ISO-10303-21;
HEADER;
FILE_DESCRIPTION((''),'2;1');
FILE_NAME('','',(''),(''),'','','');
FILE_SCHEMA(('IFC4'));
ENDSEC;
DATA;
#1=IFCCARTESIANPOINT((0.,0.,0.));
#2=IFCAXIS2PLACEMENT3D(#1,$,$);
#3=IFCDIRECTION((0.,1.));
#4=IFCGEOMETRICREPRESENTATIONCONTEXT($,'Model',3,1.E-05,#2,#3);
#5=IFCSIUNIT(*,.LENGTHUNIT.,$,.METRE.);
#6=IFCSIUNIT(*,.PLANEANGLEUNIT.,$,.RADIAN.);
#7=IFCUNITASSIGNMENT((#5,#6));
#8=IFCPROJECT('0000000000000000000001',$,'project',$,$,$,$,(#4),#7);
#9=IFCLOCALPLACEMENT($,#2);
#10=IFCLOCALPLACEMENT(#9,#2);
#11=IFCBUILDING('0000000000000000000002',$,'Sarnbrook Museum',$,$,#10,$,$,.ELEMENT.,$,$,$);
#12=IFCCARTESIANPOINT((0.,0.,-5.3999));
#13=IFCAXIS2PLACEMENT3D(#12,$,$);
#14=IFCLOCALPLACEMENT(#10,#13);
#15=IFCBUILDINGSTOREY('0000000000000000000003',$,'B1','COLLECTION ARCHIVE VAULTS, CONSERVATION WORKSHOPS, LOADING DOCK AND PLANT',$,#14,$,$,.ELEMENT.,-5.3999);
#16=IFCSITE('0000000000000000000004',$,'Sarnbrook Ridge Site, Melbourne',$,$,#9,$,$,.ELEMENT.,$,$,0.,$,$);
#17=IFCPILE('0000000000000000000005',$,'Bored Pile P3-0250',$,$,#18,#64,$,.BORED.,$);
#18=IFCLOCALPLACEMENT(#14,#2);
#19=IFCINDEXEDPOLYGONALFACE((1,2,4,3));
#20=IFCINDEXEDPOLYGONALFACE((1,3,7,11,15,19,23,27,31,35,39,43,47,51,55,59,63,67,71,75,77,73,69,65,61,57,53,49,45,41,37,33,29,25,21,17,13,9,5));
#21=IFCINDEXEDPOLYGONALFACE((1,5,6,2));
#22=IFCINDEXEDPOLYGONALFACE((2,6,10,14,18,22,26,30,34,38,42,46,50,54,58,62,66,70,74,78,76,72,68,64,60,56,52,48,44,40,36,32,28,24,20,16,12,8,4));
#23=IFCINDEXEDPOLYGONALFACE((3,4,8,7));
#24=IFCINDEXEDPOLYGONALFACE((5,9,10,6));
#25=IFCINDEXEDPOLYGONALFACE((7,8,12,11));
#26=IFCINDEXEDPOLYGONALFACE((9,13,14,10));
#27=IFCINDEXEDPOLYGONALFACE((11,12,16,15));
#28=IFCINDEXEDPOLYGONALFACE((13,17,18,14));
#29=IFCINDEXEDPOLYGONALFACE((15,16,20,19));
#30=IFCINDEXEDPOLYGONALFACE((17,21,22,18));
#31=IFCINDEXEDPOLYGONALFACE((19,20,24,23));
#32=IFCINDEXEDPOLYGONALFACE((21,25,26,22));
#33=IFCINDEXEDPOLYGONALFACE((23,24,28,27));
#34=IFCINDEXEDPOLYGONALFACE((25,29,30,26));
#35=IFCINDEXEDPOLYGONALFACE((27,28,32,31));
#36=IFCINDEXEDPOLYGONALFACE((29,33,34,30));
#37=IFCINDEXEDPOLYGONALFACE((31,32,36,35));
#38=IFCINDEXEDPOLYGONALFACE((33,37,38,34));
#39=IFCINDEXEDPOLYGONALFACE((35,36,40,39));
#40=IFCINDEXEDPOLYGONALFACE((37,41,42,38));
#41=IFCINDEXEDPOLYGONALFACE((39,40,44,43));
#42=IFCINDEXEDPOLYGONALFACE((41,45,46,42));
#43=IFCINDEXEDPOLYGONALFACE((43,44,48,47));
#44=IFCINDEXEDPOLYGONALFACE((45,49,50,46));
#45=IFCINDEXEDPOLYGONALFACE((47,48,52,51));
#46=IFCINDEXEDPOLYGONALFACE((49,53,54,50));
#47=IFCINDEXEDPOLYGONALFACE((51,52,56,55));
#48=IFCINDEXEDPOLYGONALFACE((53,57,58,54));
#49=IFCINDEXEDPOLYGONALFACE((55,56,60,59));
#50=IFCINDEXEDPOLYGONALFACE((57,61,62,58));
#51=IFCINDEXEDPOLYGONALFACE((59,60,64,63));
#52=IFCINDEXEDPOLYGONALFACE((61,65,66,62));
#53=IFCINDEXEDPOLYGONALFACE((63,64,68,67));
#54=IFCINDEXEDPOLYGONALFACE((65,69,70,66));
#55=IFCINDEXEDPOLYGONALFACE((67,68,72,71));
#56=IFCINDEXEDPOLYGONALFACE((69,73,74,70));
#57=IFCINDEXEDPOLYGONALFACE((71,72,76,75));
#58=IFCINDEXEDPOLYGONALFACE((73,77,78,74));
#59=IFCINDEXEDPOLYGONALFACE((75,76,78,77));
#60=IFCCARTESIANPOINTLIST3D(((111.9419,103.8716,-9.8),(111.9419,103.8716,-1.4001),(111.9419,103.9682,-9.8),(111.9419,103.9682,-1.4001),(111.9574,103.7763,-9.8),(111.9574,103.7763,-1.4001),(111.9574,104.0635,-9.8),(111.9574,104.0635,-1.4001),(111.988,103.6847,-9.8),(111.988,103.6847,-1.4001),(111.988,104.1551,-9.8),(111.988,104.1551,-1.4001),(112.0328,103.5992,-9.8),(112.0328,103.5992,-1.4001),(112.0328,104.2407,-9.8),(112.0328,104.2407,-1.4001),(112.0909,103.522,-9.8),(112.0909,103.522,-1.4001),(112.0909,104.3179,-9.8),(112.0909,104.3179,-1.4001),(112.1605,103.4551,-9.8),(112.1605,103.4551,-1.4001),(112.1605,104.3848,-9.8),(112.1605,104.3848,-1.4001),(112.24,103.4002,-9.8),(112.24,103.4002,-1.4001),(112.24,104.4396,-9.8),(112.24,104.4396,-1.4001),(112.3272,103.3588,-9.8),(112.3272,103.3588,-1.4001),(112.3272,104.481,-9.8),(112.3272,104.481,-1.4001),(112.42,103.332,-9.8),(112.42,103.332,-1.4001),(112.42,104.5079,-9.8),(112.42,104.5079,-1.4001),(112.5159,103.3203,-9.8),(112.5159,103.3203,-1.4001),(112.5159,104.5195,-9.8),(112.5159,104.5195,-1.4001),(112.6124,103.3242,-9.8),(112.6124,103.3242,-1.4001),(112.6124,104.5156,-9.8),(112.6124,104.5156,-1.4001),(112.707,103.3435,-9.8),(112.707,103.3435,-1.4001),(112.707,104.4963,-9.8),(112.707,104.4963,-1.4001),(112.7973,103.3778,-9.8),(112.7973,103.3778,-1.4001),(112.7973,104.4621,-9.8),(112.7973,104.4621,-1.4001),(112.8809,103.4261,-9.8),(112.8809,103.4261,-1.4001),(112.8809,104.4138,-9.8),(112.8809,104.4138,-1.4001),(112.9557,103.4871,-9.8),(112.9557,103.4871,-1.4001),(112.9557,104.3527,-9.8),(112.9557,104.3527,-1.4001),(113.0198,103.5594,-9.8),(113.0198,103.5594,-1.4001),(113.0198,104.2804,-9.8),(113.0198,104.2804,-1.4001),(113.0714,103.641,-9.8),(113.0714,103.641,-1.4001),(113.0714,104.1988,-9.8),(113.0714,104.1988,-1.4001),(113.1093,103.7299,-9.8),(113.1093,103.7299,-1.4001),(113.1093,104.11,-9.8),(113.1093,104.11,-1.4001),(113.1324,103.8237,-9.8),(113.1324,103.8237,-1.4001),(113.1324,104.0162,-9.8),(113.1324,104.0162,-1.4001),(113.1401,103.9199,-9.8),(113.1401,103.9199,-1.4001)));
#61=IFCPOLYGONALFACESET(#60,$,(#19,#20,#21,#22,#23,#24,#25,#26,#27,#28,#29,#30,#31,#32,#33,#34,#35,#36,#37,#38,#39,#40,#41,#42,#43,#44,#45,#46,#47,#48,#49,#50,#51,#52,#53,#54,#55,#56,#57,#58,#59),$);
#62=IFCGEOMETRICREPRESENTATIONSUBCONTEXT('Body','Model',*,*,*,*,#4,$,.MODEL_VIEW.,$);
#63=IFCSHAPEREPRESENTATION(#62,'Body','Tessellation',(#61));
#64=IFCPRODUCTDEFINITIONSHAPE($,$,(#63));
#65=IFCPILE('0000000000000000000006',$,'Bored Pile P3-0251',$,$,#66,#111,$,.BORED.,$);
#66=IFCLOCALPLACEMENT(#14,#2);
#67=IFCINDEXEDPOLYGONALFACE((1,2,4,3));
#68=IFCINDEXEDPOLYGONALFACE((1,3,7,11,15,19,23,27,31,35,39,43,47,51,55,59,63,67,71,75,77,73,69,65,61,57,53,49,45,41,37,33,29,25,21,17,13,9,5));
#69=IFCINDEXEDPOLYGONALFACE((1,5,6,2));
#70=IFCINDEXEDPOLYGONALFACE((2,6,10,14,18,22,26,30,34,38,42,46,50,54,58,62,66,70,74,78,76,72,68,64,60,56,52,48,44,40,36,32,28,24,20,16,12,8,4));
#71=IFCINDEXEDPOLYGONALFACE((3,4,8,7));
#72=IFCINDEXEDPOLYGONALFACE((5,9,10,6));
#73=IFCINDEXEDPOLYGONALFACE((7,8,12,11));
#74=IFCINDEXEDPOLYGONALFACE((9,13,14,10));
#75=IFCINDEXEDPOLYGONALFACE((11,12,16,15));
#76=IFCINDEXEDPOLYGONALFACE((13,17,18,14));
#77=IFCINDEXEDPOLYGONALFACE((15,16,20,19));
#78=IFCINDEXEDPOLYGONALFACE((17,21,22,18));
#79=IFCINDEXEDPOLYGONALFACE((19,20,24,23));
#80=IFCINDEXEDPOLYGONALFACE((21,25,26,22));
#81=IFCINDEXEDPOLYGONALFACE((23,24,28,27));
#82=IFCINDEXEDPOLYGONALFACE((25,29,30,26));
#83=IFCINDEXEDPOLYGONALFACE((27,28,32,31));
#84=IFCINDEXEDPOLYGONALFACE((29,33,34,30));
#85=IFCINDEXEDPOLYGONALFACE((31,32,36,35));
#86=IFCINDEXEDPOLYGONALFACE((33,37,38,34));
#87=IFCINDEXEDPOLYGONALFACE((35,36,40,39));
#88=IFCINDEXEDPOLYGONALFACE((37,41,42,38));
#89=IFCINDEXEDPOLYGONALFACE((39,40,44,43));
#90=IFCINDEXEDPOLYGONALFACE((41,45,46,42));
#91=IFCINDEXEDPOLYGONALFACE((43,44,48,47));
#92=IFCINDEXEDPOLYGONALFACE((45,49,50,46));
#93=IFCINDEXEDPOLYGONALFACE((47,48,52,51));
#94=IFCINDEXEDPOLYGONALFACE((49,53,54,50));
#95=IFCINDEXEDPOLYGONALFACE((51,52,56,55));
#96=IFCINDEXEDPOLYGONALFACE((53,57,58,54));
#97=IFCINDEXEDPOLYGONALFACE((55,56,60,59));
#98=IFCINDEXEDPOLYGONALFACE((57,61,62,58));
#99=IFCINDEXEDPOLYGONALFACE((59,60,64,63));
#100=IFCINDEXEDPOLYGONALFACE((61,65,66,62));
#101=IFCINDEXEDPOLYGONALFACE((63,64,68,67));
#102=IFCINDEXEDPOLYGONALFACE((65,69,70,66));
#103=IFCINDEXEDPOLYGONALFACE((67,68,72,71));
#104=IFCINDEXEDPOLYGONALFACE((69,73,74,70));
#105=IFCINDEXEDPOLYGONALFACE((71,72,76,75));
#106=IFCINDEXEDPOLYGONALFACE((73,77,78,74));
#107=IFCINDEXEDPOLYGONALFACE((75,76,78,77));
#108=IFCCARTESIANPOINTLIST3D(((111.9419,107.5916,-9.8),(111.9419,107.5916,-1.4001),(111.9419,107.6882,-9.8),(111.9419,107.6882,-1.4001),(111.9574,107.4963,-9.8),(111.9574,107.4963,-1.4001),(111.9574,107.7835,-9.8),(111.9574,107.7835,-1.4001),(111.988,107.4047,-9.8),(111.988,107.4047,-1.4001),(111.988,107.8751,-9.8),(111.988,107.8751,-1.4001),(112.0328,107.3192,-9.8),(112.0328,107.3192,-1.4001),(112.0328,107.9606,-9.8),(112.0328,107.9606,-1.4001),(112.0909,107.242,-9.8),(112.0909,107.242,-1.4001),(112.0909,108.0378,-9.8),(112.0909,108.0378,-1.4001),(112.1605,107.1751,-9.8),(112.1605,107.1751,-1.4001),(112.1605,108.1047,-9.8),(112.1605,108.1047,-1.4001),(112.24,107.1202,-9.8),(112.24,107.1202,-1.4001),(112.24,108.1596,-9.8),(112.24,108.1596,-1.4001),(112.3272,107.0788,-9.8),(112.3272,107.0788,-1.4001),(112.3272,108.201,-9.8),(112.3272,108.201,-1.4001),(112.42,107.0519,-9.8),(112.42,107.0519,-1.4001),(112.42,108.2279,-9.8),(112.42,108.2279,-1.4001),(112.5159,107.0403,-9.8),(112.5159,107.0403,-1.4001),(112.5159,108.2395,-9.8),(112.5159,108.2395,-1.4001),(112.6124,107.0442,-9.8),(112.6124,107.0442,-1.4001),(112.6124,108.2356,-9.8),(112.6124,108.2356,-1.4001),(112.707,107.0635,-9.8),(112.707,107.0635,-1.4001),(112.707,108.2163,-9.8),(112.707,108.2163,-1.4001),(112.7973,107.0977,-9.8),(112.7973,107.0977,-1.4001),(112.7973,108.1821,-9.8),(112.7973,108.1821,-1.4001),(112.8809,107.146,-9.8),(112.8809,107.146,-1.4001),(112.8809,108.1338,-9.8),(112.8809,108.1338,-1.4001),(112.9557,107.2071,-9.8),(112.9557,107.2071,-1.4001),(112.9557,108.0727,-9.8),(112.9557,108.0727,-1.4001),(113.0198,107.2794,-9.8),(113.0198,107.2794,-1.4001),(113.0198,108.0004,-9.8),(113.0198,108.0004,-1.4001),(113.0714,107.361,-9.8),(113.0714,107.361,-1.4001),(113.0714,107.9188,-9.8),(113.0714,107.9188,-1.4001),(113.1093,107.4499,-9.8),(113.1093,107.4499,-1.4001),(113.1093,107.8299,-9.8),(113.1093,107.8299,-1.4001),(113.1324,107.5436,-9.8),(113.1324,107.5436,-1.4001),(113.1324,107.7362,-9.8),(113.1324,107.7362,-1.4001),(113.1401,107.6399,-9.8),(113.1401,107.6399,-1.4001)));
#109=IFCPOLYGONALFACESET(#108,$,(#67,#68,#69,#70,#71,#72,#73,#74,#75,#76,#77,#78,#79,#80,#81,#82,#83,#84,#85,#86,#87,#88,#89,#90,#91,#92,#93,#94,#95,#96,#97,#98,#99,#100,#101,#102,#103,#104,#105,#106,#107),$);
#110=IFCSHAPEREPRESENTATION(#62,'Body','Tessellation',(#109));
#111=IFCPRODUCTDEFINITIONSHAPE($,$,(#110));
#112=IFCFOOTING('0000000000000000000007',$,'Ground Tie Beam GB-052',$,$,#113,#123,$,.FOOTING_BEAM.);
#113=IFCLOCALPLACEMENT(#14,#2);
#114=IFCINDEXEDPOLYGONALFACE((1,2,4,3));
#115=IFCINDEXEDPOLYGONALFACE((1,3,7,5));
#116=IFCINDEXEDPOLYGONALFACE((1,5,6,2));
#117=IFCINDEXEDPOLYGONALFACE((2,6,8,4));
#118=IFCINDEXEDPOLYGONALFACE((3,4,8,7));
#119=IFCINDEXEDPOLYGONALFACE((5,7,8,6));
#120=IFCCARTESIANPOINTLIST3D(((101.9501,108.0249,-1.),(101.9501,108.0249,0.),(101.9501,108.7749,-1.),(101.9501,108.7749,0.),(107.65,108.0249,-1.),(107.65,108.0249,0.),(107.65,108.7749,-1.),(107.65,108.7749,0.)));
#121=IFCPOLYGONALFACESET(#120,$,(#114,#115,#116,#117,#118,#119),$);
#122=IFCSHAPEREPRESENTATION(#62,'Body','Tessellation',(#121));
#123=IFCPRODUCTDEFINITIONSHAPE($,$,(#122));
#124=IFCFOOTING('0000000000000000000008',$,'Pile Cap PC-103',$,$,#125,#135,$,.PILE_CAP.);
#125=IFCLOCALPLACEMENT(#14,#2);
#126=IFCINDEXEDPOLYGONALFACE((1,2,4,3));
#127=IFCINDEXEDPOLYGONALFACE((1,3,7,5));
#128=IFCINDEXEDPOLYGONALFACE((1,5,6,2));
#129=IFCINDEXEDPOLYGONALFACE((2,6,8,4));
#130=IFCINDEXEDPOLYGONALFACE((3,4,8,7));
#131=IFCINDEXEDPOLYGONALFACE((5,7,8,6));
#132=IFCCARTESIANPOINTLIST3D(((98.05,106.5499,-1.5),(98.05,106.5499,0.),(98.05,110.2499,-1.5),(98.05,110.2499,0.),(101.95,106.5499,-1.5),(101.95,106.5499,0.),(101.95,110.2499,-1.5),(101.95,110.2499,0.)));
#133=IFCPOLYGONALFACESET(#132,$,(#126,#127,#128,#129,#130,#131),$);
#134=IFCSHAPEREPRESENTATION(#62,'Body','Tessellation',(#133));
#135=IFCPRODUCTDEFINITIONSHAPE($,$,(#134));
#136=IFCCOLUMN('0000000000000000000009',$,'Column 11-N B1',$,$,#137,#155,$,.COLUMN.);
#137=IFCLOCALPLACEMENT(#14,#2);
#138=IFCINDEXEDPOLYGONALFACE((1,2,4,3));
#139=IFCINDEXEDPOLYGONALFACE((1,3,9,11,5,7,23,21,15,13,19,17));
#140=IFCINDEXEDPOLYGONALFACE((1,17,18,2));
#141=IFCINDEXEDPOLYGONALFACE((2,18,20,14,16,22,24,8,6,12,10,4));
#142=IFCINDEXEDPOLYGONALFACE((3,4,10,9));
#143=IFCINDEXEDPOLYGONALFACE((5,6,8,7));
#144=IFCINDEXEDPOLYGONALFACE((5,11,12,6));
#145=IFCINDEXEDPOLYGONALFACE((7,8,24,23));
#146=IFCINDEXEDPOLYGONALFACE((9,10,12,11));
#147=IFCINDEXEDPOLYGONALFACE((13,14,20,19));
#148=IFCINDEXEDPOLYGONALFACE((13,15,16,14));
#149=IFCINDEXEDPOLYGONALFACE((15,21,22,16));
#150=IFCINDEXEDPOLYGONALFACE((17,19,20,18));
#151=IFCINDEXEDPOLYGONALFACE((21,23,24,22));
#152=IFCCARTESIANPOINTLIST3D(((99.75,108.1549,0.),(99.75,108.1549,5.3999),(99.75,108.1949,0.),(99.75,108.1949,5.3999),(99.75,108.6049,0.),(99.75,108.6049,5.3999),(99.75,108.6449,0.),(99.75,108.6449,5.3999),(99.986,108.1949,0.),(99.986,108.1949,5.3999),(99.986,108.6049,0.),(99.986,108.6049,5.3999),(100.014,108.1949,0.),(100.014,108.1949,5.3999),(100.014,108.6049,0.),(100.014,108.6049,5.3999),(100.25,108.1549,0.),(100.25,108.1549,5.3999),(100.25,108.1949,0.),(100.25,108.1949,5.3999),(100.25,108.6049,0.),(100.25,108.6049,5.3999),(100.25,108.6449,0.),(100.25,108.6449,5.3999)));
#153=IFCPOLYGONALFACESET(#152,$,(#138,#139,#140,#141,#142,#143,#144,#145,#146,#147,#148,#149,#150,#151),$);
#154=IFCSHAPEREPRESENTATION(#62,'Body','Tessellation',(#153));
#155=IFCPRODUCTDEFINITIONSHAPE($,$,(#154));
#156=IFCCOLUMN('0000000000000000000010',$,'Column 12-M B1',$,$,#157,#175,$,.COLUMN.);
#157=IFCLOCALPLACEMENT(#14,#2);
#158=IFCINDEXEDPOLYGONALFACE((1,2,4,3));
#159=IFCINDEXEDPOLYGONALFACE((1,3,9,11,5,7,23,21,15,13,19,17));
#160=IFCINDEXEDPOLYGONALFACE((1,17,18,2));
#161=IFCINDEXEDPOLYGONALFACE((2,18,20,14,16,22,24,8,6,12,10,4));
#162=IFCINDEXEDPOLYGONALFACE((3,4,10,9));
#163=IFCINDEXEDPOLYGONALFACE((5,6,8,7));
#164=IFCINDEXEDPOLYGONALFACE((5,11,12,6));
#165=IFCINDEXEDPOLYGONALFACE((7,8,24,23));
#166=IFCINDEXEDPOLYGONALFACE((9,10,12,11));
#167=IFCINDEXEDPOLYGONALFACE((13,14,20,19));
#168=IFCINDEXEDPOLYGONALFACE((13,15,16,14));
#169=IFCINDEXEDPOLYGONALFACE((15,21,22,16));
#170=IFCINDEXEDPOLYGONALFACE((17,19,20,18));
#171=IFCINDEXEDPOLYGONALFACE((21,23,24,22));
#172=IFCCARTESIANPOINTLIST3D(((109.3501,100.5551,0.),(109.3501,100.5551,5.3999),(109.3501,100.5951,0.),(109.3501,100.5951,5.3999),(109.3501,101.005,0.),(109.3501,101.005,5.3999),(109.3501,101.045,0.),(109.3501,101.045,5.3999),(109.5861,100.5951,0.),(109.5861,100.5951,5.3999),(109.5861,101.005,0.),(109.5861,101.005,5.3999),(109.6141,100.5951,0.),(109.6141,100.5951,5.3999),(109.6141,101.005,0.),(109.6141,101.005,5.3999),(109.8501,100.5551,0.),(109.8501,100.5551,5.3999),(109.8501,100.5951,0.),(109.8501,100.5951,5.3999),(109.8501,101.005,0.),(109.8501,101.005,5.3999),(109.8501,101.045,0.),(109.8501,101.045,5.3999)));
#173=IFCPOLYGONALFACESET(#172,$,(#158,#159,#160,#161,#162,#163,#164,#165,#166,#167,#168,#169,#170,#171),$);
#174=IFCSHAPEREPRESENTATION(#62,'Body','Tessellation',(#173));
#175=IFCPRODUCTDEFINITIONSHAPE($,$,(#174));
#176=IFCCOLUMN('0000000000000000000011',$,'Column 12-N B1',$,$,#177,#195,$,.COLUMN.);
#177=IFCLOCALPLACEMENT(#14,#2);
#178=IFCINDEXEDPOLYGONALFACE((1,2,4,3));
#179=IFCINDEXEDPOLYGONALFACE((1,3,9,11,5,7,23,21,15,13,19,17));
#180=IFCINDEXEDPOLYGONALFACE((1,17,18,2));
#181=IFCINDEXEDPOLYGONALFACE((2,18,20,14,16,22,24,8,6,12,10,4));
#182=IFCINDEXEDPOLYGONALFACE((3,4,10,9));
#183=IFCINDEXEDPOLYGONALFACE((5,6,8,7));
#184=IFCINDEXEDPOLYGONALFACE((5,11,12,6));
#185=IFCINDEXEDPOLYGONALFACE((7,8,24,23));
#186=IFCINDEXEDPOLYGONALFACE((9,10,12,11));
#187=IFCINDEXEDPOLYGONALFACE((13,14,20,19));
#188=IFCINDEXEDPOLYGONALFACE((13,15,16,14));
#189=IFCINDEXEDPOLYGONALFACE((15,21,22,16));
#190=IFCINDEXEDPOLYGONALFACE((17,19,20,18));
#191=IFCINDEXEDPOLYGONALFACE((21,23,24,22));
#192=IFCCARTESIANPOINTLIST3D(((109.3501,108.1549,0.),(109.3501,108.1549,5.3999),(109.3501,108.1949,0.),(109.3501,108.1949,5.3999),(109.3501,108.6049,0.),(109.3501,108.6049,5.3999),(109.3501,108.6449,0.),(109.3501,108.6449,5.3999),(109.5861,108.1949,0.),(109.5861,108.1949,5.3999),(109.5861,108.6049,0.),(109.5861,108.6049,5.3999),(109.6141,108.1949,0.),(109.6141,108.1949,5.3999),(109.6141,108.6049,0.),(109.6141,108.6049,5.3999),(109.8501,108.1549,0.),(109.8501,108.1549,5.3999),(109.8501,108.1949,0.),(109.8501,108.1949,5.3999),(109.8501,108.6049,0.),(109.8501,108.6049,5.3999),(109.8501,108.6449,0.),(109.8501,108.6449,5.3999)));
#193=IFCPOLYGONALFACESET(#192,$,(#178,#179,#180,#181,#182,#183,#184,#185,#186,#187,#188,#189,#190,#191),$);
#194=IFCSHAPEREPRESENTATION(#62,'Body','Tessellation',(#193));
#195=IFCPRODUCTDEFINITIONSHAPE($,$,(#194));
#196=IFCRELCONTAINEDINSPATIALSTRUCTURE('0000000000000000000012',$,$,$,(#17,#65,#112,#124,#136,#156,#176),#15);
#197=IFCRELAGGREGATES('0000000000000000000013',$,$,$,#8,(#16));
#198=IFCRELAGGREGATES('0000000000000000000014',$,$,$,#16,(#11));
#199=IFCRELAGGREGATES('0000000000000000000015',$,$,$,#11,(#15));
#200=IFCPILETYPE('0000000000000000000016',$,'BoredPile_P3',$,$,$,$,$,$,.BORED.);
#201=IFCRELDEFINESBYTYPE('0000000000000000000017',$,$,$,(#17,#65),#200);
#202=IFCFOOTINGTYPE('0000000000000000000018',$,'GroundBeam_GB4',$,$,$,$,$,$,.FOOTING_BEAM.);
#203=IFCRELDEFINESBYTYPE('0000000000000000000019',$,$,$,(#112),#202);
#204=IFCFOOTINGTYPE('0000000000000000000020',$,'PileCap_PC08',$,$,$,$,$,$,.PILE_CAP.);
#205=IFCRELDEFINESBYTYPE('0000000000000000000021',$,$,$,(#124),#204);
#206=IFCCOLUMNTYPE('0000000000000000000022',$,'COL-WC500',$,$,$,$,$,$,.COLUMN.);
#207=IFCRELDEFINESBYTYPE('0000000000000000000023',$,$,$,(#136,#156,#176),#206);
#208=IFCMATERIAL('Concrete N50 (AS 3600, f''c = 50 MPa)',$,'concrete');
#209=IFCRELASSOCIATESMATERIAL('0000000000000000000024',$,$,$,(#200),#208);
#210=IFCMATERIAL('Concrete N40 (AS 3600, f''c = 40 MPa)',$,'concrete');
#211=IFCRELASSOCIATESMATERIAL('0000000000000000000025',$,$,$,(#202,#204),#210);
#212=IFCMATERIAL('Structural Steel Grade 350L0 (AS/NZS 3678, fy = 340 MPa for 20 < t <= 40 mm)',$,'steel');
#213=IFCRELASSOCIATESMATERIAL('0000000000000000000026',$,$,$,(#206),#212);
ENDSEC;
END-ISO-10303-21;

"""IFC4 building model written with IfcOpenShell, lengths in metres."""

from ifc_helpers import new_model, si_unit, direction, frame, origin, origin_2d, place, context, subcontext, project, spatial, rectangle, circle, i_section, extrude, material, material_profile, profile_set, type_object, element, save


model = new_model("IFC4")

# Units and contexts
model_context = context("Model", 3, precision=1e-05, world=origin(), true_north=direction((0.0, 1.0)))
body_context = subcontext(model_context, "Body", "Model", "MODEL_VIEW")
ifc_project = project(units=[si_unit("LENGTHUNIT", "METRE"), si_unit("PLANEANGLEUNIT", "RADIAN")], contexts=[model_context])

# Site, building, storey
site_placement = place(None, origin())
site = spatial("IfcSite", under=ifc_project, at=site_placement, Name="Sarnbrook Ridge Site, Melbourne", CompositionType="ELEMENT", RefElevation=0.0)
building_placement = place(site_placement, origin())
building = spatial("IfcBuilding", under=site, at=building_placement, Name="Sarnbrook Museum", CompositionType="ELEMENT")
storey_placement = place(building_placement, frame((0.0, 0.0, -5.3999)))
storey = spatial("IfcBuildingStorey", under=building, at=storey_placement, Name="B1", Description="COLLECTION ARCHIVE VAULTS, CONSERVATION WORKSHOPS, LOADING DOCK AND PLANT", CompositionType="ELEMENT", Elevation=-5.3999)

# Piles
ifc_material_1 = material(Name="Concrete N50 (AS 3600, f'c = 50 MPa)", Category="concrete")
ifc_material_profile_1 = material_profile(ifc_material_1, circle(Radius=0.6001, at=origin_2d()), Name="BORED PILE D1200")
ifc_profile_set_1 = profile_set([ifc_material_profile_1], Name="Concrete N50 (AS 3600, f'c = 50 MPa)")
pile_type_1 = type_object("IfcPileType", Name="BoredPile_P3", PredefinedType="BORED", material=ifc_profile_set_1)
for number, where, z_axis, x_axis, name in (
    (1, (112.54, 103.9199, -1.4001), (0.0, 0.0, -1.0), (1.0, 0.0, 0.0), "Bored Pile P3-0250"),
    (2, (112.54, 107.6399, -1.4001), (0.0, 0.0, -1.0), (1.0, 0.0, 0.0), "Bored Pile P3-0251"),
):
    element("IfcPile", number, at=place(storey_placement, frame(where, z_axis=z_axis, x_axis=x_axis)), inside=storey, type_object=pile_type_1, Name=name, PredefinedType="BORED", context=body_context, shape_type="SweptSolid", body=[
        extrude(circle(Radius=0.6001, at=origin_2d()), origin(), (0.0, 0.0, 1.0), 8.3999),
    ])

# Footings
ifc_material_2 = material(Name="Concrete N40 (AS 3600, f'c = 40 MPa)", Category="concrete")
footing_type_1 = type_object("IfcFootingType", Name="GroundBeam_GB4", PredefinedType="FOOTING_BEAM", material=ifc_material_2)
footing_1_placement = place(storey_placement, frame((104.8, 108.3999, -1.0), z_axis=(0.0, 0.0, 1.0), x_axis=(1.0, 0.0, 0.0)))
element("IfcFooting", 3, at=footing_1_placement, inside=storey, type_object=footing_type_1, Name="Ground Tie Beam GB-052", PredefinedType="FOOTING_BEAM", context=body_context, shape_type="SweptSolid", body=[
    extrude(rectangle(XDim=5.7, YDim=0.75, at=origin_2d()), origin(), (0.0, 0.0, 1.0), 1.0),
])
footing_type_2 = type_object("IfcFootingType", Name="PileCap_PC08", PredefinedType="PILE_CAP", material=ifc_material_2)
footing_2_placement = place(storey_placement, frame((100.0, 108.3999, -1.5), z_axis=(0.0, 0.0, 1.0), x_axis=(1.0, 0.0, 0.0)))
element("IfcFooting", 4, at=footing_2_placement, inside=storey, type_object=footing_type_2, Name="Pile Cap PC-103", PredefinedType="PILE_CAP", context=body_context, shape_type="SweptSolid", body=[
    extrude(rectangle(XDim=3.8999, YDim=3.7, at=origin_2d()), origin(), (0.0, 0.0, 1.0), 1.5),
])

# Columns
ifc_material_3 = material(Name="Structural Steel Grade 350L0 (AS/NZS 3678, fy = 340 MPa for 20 < t <= 40 mm)", Category="steel")
ifc_material_profile_2 = material_profile(ifc_material_3, i_section(OverallWidth=0.5, OverallDepth=0.49, WebThickness=0.0281, FlangeThickness=0.04, at=origin_2d()), Name="500WC340")
ifc_profile_set_2 = profile_set([ifc_material_profile_2], Name="Structural Steel Grade 350L0 (AS/NZS 3678, fy = 340 MPa for 20 < t <= 40 mm)")
column_type = type_object("IfcColumnType", Name="COL-WC500", PredefinedType="COLUMN", material=ifc_profile_set_2)
for number, where, z_axis, x_axis, name in (
    (5, (100.0, 108.3999, 0.0), (0.0, 0.0, 1.0), (1.0, 0.0, 0.0), "Column 11-N B1"),
    (6, (109.6001, 100.8, 0.0), (0.0, 0.0, 1.0), (1.0, 0.0, 0.0), "Column 12-M B1"),
    (7, (109.6001, 108.3999, 0.0), (0.0, 0.0, 1.0), (1.0, 0.0, 0.0), "Column 12-N B1"),
):
    element("IfcColumn", number, at=place(storey_placement, frame(where, z_axis=z_axis, x_axis=x_axis)), inside=storey, type_object=column_type, Name=name, PredefinedType="COLUMN", context=body_context, shape_type="SweptSolid", body=[
        extrude(i_section(OverallWidth=0.5, OverallDepth=0.49, WebThickness=0.0281, FlangeThickness=0.04, at=origin_2d()), origin(), (0.0, 0.0, 1.0), 5.3999),
    ])

save(model, "model.ifc")
